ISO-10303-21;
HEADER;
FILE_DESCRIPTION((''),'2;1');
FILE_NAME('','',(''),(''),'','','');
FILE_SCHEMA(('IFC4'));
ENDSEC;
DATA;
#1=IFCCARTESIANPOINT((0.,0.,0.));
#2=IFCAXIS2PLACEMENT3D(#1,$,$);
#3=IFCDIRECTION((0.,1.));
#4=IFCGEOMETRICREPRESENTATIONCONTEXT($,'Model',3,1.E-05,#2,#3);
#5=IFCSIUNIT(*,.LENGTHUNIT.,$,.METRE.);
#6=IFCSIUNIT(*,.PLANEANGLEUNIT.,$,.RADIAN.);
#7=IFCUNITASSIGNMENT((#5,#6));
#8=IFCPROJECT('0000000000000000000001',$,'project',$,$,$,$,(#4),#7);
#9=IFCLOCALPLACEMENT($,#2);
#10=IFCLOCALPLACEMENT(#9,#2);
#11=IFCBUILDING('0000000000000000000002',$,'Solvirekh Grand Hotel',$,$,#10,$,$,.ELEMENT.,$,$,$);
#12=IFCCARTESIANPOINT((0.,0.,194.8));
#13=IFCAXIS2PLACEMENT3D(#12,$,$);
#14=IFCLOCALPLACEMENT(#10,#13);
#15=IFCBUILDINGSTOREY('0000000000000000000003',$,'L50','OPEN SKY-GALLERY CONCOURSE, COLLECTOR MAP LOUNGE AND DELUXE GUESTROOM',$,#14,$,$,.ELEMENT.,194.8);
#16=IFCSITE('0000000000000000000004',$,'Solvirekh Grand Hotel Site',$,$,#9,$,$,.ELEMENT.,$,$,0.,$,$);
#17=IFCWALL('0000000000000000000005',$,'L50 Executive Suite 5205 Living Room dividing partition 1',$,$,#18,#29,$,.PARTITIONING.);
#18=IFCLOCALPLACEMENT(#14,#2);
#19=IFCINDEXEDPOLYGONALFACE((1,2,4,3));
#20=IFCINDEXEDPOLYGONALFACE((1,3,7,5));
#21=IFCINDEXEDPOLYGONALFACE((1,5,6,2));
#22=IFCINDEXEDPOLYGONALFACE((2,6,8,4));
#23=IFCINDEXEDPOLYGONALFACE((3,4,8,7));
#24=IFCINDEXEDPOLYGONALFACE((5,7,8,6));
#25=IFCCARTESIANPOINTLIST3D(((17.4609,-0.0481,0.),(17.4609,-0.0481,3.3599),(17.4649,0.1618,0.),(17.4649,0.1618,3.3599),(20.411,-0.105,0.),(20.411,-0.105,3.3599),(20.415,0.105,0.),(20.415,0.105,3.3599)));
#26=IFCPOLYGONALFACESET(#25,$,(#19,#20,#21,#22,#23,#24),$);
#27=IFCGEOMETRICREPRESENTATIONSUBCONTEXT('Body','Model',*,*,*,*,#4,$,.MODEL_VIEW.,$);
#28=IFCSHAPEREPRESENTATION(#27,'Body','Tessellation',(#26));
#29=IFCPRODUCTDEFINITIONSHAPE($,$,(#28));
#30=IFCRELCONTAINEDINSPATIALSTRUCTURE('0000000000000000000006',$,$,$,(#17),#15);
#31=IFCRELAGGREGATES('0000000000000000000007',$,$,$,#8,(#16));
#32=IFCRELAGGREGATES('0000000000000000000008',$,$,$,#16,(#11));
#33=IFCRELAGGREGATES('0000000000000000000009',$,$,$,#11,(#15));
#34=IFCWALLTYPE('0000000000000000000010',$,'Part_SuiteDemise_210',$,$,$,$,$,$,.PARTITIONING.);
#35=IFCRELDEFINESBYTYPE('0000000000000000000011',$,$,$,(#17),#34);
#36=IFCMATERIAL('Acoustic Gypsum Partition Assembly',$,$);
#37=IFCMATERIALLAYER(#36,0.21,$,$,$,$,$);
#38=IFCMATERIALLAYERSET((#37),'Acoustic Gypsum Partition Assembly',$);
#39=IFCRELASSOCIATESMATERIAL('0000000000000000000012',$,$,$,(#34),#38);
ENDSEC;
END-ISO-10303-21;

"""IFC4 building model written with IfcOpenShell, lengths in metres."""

from ifc_helpers import new_model, si_unit, direction, frame, frame_2d, origin, place, context, subcontext, project, spatial, rectangle, extrude, material, layer, layer_set, type_object, element, save


model = new_model("IFC4")

# Units and contexts
model_context = context("Model", 3, precision=1e-05, world=origin(), true_north=direction((0.0, 1.0)))
body_context = subcontext(model_context, "Body", "Model", "MODEL_VIEW")
ifc_project = project(units=[si_unit("LENGTHUNIT", "METRE"), si_unit("PLANEANGLEUNIT", "RADIAN")], contexts=[model_context])

# Site, building, storey
site_placement = place(None, origin())
site = spatial("IfcSite", under=ifc_project, at=site_placement, Name="Solvirekh Grand Hotel Site", CompositionType="ELEMENT", RefElevation=0.0)
building_placement = place(site_placement, origin())
building = spatial("IfcBuilding", under=site, at=building_placement, Name="Solvirekh Grand Hotel", CompositionType="ELEMENT")
storey_placement = place(building_placement, frame((0.0, 0.0, 194.8)))
storey = spatial("IfcBuildingStorey", under=building, at=storey_placement, Name="L50", Description="OPEN SKY-GALLERY CONCOURSE, COLLECTOR MAP LOUNGE AND DELUXE GUESTROOM", CompositionType="ELEMENT", Elevation=194.8)

# Shared definitions
ifc_material_1 = material(Name="Acoustic Gypsum Partition Assembly")

# Wall
ifc_layer_1 = layer(ifc_material_1, 0.21)
ifc_layer_set_1 = layer_set([ifc_layer_1], Name="Acoustic Gypsum Partition Assembly")
wall_type_1 = type_object("IfcWallType", Name="Part_SuiteDemise_210", PredefinedType="PARTITIONING", material=ifc_layer_set_1)
wall_1_placement = place(storey_placement, frame((17.4629, 0.0569, 0.0), z_axis=(0.0, 0.0, 1.0), x_axis=(0.999814, -0.019278, 0.0)))
element("IfcWall", 1, at=wall_1_placement, inside=storey, type_object=wall_type_1, Name="L50 Executive Suite 5205 Living Room dividing partition 1", PredefinedType="PARTITIONING", context=body_context, shape_type="SweptSolid", body=[
    extrude(rectangle(XDim=2.9507, YDim=0.21, at=frame_2d((1.4753, 0.0))), origin(), (0.0, 0.0, 1.0), 3.3599),
])

save(model, "model.ifc")
